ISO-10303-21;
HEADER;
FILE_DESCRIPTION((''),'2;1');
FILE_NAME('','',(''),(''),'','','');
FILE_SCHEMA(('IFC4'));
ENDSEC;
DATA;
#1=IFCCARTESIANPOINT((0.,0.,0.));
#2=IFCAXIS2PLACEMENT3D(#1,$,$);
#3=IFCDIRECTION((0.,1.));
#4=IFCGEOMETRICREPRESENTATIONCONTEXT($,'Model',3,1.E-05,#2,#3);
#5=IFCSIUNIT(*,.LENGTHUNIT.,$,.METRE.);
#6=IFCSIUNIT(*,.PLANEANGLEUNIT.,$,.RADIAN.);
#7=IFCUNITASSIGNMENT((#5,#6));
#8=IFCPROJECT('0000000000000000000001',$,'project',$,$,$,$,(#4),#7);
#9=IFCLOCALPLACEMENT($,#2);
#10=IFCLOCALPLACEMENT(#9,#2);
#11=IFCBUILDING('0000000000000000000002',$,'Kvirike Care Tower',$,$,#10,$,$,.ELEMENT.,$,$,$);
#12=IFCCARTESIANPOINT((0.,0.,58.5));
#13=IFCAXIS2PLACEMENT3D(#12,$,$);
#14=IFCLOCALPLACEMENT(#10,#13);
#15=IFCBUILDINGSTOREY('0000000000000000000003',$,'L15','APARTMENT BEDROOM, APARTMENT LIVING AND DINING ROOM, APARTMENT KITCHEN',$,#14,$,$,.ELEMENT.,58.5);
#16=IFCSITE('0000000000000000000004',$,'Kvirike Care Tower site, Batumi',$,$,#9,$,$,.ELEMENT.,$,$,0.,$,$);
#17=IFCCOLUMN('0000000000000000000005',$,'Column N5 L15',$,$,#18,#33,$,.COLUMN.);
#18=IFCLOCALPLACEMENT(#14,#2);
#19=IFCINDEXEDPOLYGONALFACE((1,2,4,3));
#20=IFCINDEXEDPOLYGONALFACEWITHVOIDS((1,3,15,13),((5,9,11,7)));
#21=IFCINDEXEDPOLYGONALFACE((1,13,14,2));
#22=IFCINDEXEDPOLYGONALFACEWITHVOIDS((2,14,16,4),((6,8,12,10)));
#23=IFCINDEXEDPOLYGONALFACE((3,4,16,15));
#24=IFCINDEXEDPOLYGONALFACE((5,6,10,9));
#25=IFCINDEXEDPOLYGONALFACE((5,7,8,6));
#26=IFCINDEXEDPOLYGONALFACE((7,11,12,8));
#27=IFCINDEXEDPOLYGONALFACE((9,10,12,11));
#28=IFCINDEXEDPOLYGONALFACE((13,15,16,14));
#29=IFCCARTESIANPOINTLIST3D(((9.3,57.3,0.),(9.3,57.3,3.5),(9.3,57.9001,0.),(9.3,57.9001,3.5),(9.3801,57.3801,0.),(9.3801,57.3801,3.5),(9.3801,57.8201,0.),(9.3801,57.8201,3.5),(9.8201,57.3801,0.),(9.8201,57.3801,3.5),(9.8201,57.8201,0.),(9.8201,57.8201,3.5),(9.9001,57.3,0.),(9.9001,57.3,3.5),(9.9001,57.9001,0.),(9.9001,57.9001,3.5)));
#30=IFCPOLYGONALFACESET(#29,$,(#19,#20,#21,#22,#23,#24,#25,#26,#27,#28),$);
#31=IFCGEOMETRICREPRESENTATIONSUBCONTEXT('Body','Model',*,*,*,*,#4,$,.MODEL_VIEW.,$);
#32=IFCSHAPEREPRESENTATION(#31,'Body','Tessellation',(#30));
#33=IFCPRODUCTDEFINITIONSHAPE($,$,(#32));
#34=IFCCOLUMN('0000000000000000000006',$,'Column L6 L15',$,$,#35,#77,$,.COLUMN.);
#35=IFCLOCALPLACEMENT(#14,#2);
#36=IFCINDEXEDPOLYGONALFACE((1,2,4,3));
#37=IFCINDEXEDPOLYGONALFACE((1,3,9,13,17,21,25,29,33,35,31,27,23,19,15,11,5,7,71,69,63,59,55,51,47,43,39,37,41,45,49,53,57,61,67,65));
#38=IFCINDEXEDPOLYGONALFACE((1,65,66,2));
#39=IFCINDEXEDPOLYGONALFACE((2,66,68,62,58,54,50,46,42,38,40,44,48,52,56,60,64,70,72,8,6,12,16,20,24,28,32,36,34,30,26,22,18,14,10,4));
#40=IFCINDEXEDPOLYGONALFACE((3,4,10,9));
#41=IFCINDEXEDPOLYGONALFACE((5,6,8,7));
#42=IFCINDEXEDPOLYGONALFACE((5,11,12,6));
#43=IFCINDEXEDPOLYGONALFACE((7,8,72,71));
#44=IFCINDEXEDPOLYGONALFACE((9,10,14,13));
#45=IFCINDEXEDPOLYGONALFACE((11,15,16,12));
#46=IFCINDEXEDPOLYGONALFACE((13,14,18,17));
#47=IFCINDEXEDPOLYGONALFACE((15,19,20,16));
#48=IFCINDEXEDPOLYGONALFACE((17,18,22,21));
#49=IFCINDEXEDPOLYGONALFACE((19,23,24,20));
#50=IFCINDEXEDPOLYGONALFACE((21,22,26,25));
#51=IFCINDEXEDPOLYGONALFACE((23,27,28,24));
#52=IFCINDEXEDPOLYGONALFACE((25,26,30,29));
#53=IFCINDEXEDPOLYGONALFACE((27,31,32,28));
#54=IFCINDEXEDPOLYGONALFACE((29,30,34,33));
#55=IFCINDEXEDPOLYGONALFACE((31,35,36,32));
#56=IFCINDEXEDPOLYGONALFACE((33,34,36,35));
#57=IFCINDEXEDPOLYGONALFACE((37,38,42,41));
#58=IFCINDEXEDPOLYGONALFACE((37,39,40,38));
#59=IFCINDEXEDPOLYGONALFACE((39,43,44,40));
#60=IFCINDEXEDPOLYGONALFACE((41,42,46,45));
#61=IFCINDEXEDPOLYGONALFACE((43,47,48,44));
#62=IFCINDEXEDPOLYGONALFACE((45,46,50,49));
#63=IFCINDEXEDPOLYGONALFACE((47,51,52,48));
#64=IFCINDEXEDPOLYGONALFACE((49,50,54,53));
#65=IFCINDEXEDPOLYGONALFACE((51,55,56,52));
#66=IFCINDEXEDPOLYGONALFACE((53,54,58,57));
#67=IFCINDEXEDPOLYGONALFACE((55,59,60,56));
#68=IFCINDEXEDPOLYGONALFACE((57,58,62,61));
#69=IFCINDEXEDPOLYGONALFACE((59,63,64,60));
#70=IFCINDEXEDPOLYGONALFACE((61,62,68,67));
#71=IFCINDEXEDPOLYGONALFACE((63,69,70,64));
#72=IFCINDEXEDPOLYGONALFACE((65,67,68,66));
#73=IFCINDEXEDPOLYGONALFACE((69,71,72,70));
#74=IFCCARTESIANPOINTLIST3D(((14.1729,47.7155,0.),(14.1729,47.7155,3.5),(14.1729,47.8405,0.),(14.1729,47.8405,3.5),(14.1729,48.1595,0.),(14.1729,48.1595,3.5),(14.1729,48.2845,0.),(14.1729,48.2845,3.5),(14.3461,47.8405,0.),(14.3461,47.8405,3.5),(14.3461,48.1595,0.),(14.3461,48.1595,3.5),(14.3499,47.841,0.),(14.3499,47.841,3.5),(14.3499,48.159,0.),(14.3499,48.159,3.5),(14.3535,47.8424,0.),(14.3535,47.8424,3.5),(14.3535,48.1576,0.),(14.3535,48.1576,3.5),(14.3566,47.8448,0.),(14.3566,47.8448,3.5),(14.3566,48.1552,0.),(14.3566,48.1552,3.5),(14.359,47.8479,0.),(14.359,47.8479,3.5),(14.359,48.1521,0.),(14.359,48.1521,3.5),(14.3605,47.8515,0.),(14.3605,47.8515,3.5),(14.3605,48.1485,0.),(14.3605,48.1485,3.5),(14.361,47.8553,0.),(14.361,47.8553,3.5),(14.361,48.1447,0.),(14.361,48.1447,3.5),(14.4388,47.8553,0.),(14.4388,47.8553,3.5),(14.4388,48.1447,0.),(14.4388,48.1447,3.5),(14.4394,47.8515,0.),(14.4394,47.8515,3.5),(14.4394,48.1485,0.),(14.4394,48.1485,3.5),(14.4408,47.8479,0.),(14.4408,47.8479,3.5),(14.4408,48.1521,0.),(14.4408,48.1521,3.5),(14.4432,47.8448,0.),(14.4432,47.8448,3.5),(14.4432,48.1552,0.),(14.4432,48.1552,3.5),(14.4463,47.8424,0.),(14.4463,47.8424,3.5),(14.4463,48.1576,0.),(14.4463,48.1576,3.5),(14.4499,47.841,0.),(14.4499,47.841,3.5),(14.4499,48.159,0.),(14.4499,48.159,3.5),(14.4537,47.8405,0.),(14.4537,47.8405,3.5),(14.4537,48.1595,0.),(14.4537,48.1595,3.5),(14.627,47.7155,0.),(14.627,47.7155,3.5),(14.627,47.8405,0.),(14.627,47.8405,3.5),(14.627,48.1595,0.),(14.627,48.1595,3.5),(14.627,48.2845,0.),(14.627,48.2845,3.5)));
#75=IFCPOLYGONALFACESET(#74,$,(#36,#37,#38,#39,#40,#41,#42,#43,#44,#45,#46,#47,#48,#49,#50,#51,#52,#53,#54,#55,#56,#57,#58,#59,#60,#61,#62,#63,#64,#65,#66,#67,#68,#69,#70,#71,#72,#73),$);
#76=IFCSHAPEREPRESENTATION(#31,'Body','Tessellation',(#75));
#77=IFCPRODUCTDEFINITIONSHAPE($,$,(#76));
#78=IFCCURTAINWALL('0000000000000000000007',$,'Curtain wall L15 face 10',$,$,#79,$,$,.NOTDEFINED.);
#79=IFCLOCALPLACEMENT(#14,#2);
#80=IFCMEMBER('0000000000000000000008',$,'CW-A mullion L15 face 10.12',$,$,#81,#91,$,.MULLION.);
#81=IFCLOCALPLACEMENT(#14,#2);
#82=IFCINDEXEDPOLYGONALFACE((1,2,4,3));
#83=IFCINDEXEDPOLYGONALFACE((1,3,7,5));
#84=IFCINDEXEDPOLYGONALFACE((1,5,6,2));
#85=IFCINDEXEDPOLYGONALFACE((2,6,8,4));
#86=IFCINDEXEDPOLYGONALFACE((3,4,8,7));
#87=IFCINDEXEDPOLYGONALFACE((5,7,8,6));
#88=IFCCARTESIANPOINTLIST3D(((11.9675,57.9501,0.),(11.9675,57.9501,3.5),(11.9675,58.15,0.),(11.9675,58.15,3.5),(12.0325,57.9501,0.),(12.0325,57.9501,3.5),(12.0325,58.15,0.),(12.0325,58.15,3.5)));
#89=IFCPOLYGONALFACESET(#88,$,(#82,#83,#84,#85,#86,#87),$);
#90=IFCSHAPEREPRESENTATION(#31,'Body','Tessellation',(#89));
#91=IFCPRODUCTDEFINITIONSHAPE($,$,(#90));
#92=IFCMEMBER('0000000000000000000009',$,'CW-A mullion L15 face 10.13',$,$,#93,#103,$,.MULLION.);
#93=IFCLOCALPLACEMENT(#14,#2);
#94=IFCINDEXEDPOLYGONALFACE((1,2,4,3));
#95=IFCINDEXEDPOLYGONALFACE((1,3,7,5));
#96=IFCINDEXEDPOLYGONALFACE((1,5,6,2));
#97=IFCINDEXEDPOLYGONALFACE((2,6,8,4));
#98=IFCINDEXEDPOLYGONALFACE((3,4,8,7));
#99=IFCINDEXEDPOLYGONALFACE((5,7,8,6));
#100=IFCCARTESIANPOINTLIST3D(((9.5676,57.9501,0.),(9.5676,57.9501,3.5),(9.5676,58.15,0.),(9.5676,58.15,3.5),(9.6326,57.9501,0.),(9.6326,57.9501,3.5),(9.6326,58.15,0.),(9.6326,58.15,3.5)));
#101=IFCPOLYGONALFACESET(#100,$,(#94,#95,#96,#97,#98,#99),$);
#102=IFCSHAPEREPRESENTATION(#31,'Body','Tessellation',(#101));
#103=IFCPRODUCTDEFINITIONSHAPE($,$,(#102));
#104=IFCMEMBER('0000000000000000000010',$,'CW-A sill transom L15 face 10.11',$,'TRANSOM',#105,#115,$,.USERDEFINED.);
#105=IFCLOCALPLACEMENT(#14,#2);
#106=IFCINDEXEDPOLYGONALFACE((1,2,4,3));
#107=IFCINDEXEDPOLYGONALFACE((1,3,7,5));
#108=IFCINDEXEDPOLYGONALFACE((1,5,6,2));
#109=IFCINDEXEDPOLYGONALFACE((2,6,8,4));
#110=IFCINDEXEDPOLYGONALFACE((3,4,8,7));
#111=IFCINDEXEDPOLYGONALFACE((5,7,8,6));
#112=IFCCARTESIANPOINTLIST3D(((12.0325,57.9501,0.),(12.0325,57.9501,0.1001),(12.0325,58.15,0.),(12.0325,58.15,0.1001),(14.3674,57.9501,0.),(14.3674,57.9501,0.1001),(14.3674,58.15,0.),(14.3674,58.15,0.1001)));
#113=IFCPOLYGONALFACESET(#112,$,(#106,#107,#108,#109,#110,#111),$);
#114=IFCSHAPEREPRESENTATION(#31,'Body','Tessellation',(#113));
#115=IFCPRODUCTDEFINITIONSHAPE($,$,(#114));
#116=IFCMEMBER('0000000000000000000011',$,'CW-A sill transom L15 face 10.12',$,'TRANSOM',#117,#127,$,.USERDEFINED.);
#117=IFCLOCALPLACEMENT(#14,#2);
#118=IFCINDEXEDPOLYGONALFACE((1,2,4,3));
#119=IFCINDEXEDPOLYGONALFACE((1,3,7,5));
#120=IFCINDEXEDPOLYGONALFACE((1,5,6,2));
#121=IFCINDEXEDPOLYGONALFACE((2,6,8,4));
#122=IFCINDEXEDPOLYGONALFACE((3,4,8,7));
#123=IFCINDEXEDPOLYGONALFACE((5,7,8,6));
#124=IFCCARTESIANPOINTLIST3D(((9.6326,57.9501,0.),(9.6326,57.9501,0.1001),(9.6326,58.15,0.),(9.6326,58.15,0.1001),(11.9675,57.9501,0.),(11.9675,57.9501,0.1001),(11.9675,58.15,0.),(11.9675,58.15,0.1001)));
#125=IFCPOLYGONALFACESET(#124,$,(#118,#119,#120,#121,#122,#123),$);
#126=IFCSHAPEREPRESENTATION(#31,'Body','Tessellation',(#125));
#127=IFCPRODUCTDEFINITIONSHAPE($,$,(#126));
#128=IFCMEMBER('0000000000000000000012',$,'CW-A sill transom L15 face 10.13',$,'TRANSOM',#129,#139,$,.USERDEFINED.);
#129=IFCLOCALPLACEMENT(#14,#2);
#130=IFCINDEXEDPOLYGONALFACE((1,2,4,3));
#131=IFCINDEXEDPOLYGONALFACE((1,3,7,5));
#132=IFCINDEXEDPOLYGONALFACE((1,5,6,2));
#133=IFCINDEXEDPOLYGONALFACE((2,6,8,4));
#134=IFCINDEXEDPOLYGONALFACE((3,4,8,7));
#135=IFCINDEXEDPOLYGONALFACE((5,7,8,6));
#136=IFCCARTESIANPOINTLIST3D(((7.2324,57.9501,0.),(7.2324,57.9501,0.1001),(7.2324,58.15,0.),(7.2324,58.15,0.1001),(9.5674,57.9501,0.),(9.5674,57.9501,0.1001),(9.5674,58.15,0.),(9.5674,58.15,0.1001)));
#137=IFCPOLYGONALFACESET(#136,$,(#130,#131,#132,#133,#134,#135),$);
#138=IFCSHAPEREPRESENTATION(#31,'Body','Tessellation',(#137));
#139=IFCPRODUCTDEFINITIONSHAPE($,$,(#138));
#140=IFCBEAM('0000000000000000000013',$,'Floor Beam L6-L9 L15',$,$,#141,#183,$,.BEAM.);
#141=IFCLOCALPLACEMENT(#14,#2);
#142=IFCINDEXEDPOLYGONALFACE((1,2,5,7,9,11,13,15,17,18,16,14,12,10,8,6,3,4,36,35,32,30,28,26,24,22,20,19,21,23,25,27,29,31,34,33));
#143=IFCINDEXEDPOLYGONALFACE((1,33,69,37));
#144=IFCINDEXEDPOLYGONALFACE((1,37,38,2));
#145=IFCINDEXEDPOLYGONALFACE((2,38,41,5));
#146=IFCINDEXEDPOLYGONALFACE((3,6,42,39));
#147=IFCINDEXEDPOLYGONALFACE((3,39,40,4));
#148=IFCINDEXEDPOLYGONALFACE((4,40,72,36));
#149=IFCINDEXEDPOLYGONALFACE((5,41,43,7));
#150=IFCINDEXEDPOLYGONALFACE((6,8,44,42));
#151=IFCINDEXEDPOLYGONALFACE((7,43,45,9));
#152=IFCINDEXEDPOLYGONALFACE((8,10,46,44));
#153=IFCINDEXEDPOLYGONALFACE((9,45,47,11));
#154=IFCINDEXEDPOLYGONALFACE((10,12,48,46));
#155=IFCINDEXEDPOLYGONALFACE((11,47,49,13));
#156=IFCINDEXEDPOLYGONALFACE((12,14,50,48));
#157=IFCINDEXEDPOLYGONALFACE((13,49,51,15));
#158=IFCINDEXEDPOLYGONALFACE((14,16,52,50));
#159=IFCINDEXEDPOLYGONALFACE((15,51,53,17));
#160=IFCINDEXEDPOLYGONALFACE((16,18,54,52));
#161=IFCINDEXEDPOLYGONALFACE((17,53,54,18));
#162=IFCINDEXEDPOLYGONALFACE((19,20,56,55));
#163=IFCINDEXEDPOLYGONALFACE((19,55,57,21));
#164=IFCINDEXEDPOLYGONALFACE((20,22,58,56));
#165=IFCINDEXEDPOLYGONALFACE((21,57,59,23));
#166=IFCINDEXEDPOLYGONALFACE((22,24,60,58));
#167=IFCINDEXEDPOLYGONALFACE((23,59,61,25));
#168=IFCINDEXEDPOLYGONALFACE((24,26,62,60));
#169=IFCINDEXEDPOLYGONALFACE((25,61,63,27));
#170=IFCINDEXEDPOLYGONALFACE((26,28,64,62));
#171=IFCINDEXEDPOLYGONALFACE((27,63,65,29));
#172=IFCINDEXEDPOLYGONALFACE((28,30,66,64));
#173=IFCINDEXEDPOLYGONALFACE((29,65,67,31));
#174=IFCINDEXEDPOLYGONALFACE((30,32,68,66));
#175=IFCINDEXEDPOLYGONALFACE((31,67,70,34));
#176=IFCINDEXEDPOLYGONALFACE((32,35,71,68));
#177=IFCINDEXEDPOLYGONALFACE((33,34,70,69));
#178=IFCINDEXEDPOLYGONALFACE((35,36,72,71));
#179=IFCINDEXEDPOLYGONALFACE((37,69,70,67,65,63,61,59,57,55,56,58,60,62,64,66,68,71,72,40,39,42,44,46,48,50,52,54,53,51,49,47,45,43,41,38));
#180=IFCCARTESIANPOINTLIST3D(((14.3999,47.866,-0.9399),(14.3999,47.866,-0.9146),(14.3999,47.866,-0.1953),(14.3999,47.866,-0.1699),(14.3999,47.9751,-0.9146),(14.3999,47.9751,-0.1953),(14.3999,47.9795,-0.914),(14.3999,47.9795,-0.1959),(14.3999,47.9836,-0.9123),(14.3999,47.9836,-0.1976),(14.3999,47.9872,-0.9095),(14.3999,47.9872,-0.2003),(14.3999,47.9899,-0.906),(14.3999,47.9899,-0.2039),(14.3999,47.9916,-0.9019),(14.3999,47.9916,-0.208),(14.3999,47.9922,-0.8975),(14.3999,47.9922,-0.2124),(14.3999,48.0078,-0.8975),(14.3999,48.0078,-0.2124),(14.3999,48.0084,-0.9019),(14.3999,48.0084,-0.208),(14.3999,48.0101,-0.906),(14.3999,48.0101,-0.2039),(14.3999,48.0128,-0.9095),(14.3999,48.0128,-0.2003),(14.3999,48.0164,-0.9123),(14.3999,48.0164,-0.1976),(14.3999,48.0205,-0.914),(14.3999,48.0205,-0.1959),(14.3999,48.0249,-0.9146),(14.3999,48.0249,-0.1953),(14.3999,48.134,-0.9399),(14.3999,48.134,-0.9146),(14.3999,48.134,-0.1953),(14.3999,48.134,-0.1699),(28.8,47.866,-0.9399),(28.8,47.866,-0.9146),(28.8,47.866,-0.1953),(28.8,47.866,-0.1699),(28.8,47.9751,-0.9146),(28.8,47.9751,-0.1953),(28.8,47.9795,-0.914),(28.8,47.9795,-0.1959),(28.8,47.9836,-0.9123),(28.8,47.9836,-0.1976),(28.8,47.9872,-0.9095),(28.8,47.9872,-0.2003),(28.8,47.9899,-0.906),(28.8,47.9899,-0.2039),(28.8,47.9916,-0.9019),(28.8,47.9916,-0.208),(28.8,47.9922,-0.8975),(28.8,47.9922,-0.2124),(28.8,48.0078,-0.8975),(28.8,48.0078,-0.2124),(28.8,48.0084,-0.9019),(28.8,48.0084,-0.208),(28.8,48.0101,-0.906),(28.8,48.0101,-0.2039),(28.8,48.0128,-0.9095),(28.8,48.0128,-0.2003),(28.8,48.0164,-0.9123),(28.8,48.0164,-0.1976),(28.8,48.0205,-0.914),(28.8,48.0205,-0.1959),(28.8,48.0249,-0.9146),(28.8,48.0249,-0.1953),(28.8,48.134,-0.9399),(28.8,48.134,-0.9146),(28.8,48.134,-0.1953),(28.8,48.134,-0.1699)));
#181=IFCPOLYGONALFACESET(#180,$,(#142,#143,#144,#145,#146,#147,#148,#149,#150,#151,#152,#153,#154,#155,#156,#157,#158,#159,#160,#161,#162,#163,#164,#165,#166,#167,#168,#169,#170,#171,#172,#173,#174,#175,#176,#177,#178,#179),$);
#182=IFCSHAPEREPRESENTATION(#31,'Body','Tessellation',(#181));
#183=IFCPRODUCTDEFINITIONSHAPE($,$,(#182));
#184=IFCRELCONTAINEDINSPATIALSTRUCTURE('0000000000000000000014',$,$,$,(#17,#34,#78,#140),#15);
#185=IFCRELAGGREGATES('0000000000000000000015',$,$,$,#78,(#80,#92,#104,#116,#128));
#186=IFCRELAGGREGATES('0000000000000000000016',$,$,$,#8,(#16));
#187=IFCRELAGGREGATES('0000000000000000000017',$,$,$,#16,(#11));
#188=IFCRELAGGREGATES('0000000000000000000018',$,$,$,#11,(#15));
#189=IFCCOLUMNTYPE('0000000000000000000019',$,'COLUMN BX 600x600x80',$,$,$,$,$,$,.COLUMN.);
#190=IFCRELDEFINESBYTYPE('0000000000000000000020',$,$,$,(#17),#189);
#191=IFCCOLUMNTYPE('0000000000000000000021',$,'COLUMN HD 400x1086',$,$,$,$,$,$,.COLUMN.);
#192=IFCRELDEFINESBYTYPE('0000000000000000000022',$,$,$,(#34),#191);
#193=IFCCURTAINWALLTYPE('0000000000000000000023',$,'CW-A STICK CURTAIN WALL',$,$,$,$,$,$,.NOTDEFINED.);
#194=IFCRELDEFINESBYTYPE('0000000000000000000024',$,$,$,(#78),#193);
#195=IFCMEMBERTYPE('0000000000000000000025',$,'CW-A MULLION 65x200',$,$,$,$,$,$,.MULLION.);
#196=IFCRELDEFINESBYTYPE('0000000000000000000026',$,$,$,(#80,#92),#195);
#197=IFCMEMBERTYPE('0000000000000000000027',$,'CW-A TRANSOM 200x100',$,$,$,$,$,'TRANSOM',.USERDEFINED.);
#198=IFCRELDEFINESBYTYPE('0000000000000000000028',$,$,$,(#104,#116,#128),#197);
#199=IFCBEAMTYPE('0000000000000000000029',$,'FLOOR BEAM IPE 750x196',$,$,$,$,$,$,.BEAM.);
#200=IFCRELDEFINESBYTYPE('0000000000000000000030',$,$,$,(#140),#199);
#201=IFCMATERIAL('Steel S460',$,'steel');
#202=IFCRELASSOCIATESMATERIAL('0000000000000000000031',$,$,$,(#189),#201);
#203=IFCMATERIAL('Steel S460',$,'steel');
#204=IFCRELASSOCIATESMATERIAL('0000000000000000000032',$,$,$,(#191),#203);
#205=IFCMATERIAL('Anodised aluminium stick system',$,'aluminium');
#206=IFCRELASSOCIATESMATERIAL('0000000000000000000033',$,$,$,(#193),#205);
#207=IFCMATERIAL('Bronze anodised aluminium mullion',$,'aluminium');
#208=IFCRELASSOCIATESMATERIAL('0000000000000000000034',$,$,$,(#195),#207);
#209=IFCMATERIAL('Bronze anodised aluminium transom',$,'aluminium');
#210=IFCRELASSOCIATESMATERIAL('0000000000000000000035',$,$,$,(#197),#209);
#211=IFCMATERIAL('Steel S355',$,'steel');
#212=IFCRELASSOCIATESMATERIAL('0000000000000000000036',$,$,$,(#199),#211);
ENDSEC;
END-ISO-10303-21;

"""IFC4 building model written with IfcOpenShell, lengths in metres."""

from ifc_helpers import new_model, si_unit, direction, frame, origin, origin_2d, place, context, subcontext, project, spatial, rectangle, hollow_rectangle, i_section, extrude, material, material_profile, profile_set, type_object, element, aggregate, save


model = new_model("IFC4")

# Units and contexts
model_context = context("Model", 3, precision=1e-05, world=origin(), true_north=direction((0.0, 1.0)))
body_context = subcontext(model_context, "Body", "Model", "MODEL_VIEW")
ifc_project = project(units=[si_unit("LENGTHUNIT", "METRE"), si_unit("PLANEANGLEUNIT", "RADIAN")], contexts=[model_context])

# Site, building, storey
site_placement = place(None, origin())
site = spatial("IfcSite", under=ifc_project, at=site_placement, Name="Kvirike Care Tower site, Batumi", CompositionType="ELEMENT", RefElevation=0.0)
building_placement = place(site_placement, origin())
building = spatial("IfcBuilding", under=site, at=building_placement, Name="Kvirike Care Tower", CompositionType="ELEMENT")
storey_placement = place(building_placement, frame((0.0, 0.0, 58.5)))
storey = spatial("IfcBuildingStorey", under=building, at=storey_placement, Name="L15", Description="APARTMENT BEDROOM, APARTMENT LIVING AND DINING ROOM, APARTMENT KITCHEN", CompositionType="ELEMENT", Elevation=58.5)

# Columns
ifc_material_1 = material(Name="Steel S460", Category="steel")
ifc_material_profile_1 = material_profile(ifc_material_1, hollow_rectangle(XDim=0.6001, YDim=0.6001, WallThickness=0.0801, at=origin_2d()), Name="BX 600x600x80")
ifc_profile_set_1 = profile_set([ifc_material_profile_1], Name="Steel S460")
column_type_1 = type_object("IfcColumnType", Name="COLUMN BX 600x600x80", PredefinedType="COLUMN", material=ifc_profile_set_1)
column_1_placement = place(storey_placement, frame((9.6001, 57.6001, 0.0), z_axis=(0.0, 0.0, 1.0), x_axis=(0.0, 1.0, 0.0)))
element("IfcColumn", 1, at=column_1_placement, inside=storey, type_object=column_type_1, Name="Column N5 L15", PredefinedType="COLUMN", context=body_context, shape_type="SweptSolid", body=[
    extrude(hollow_rectangle(XDim=0.6001, YDim=0.6001, WallThickness=0.0801, at=origin_2d()), origin(), (0.0, 0.0, 1.0), 3.5),
])
ifc_material_2 = material(Name="Steel S460", Category="steel")
ifc_material_profile_2 = material_profile(ifc_material_2, i_section(OverallWidth=0.4541, OverallDepth=0.5691, WebThickness=0.0779, FlangeThickness=0.125, FilletRadius=0.0149, at=origin_2d()), Name="HD 400x1086")
ifc_profile_set_2 = profile_set([ifc_material_profile_2], Name="Steel S460")
column_type_2 = type_object("IfcColumnType", Name="COLUMN HD 400x1086", PredefinedType="COLUMN", material=ifc_profile_set_2)
column_2_placement = place(storey_placement, frame((14.3999, 48.0, 0.0), z_axis=(0.0, 0.0, 1.0), x_axis=(1.0, 0.0, 0.0)))
element("IfcColumn", 2, at=column_2_placement, inside=storey, type_object=column_type_2, Name="Column L6 L15", PredefinedType="COLUMN", context=body_context, shape_type="SweptSolid", body=[
    extrude(i_section(OverallWidth=0.4541, OverallDepth=0.5691, WebThickness=0.0779, FlangeThickness=0.125, FilletRadius=0.0149, at=origin_2d()), origin(), (0.0, 0.0, 1.0), 3.5),
])

# Curtain wall, members
ifc_material_3 = material(Name="Anodised aluminium stick system", Category="aluminium")
curtain_wall_type = type_object("IfcCurtainWallType", Name="CW-A STICK CURTAIN WALL", PredefinedType="NOTDEFINED", material=ifc_material_3)
curtain_wall_placement = place(storey_placement, origin())
curtain_wall = element("IfcCurtainWall", 3, at=curtain_wall_placement, inside=storey, type_object=curtain_wall_type, Name="Curtain wall L15 face 10", PredefinedType="NOTDEFINED")
ifc_material_4 = material(Name="Bronze anodised aluminium mullion", Category="aluminium")
ifc_material_profile_3 = material_profile(ifc_material_4, rectangle(XDim=0.0649, YDim=0.2, at=origin_2d()), Name="CW-A MULLION 65x200")
ifc_profile_set_3 = profile_set([ifc_material_profile_3], Name="Bronze anodised aluminium mullion")
member_type_1 = type_object("IfcMemberType", Name="CW-A MULLION 65x200", PredefinedType="MULLION", material=ifc_profile_set_3)
member_1_placement = place(storey_placement, frame((12.0, 58.05, 0.0), z_axis=(0.0, 0.0, 1.0), x_axis=(-1.0, 0.0, 0.0)))
member_1 = element("IfcMember", 4, at=member_1_placement, type_object=member_type_1, Name="CW-A mullion L15 face 10.12", PredefinedType="MULLION", context=body_context, shape_type="SweptSolid", body=[
    extrude(rectangle(XDim=0.0649, YDim=0.2, at=origin_2d()), origin(), (0.0, 0.0, 1.0), 3.5),
])
member_2_placement = place(storey_placement, frame((9.6001, 58.05, 0.0), z_axis=(0.0, 0.0, 1.0), x_axis=(-1.0, 0.0, 0.0)))
member_2 = element("IfcMember", 5, at=member_2_placement, type_object=member_type_1, Name="CW-A mullion L15 face 10.13", PredefinedType="MULLION", context=body_context, shape_type="SweptSolid", body=[
    extrude(rectangle(XDim=0.0649, YDim=0.2, at=origin_2d()), origin(), (0.0, 0.0, 1.0), 3.5),
])
ifc_material_5 = material(Name="Bronze anodised aluminium transom", Category="aluminium")
ifc_material_profile_4 = material_profile(ifc_material_5, rectangle(XDim=0.2, YDim=0.1001, at=origin_2d()), Name="CW-A TRANSOM 200x100")
ifc_profile_set_4 = profile_set([ifc_material_profile_4], Name="Bronze anodised aluminium transom")
member_type_2 = type_object("IfcMemberType", Name="CW-A TRANSOM 200x100", ElementType="TRANSOM", PredefinedType="USERDEFINED", material=ifc_profile_set_4)
member_3_placement = place(storey_placement, frame((14.3674, 58.05, 0.05), z_axis=(-1.0, 0.0, 0.0), x_axis=(0.0, -1.0, 0.0)))
member_3 = element("IfcMember", 6, at=member_3_placement, type_object=member_type_2, Name="CW-A sill transom L15 face 10.11", ObjectType="TRANSOM", PredefinedType="USERDEFINED", context=body_context, shape_type="SweptSolid", body=[
    extrude(rectangle(XDim=0.2, YDim=0.1001, at=origin_2d()), origin(), (0.0, 0.0, 1.0), 2.335),
])
member_4_placement = place(storey_placement, frame((11.9675, 58.05, 0.05), z_axis=(-1.0, 0.0, 0.0), x_axis=(0.0, -1.0, 0.0)))
member_4 = element("IfcMember", 7, at=member_4_placement, type_object=member_type_2, Name="CW-A sill transom L15 face 10.12", ObjectType="TRANSOM", PredefinedType="USERDEFINED", context=body_context, shape_type="SweptSolid", body=[
    extrude(rectangle(XDim=0.2, YDim=0.1001, at=origin_2d()), origin(), (0.0, 0.0, 1.0), 2.335),
])
member_5_placement = place(storey_placement, frame((9.5674, 58.05, 0.05), z_axis=(-1.0, 0.0, 0.0), x_axis=(0.0, -1.0, 0.0)))
member_5 = element("IfcMember", 8, at=member_5_placement, type_object=member_type_2, Name="CW-A sill transom L15 face 10.13", ObjectType="TRANSOM", PredefinedType="USERDEFINED", context=body_context, shape_type="SweptSolid", body=[
    extrude(rectangle(XDim=0.2, YDim=0.1001, at=origin_2d()), origin(), (0.0, 0.0, 1.0), 2.335),
])

# Beam
ifc_material_6 = material(Name="Steel S355", Category="steel")
ifc_material_profile_5 = material_profile(ifc_material_6, i_section(OverallWidth=0.2681, OverallDepth=0.77, WebThickness=0.0156, FlangeThickness=0.0254, FilletRadius=0.0171, at=origin_2d()), Name="IPE 750x196")
ifc_profile_set_5 = profile_set([ifc_material_profile_5], Name="Steel S355")
beam_type_1 = type_object("IfcBeamType", Name="FLOOR BEAM IPE 750x196", PredefinedType="BEAM", material=ifc_profile_set_5)
beam_1_placement = place(storey_placement, frame((14.3999, 48.0, -0.5549), z_axis=(1.0, 0.0, 0.0), x_axis=(0.0, 1.0, 0.0)))
element("IfcBeam", 9, at=beam_1_placement, inside=storey, type_object=beam_type_1, Name="Floor Beam L6-L9 L15", PredefinedType="BEAM", context=body_context, shape_type="SweptSolid", body=[
    extrude(i_section(OverallWidth=0.2681, OverallDepth=0.77, WebThickness=0.0156, FlangeThickness=0.0254, FilletRadius=0.0171, at=origin_2d()), origin(), (0.0, 0.0, 1.0), 14.4001),
])

aggregate(curtain_wall, [member_1, member_2, member_3, member_4, member_5])

save(model, "model.ifc")
